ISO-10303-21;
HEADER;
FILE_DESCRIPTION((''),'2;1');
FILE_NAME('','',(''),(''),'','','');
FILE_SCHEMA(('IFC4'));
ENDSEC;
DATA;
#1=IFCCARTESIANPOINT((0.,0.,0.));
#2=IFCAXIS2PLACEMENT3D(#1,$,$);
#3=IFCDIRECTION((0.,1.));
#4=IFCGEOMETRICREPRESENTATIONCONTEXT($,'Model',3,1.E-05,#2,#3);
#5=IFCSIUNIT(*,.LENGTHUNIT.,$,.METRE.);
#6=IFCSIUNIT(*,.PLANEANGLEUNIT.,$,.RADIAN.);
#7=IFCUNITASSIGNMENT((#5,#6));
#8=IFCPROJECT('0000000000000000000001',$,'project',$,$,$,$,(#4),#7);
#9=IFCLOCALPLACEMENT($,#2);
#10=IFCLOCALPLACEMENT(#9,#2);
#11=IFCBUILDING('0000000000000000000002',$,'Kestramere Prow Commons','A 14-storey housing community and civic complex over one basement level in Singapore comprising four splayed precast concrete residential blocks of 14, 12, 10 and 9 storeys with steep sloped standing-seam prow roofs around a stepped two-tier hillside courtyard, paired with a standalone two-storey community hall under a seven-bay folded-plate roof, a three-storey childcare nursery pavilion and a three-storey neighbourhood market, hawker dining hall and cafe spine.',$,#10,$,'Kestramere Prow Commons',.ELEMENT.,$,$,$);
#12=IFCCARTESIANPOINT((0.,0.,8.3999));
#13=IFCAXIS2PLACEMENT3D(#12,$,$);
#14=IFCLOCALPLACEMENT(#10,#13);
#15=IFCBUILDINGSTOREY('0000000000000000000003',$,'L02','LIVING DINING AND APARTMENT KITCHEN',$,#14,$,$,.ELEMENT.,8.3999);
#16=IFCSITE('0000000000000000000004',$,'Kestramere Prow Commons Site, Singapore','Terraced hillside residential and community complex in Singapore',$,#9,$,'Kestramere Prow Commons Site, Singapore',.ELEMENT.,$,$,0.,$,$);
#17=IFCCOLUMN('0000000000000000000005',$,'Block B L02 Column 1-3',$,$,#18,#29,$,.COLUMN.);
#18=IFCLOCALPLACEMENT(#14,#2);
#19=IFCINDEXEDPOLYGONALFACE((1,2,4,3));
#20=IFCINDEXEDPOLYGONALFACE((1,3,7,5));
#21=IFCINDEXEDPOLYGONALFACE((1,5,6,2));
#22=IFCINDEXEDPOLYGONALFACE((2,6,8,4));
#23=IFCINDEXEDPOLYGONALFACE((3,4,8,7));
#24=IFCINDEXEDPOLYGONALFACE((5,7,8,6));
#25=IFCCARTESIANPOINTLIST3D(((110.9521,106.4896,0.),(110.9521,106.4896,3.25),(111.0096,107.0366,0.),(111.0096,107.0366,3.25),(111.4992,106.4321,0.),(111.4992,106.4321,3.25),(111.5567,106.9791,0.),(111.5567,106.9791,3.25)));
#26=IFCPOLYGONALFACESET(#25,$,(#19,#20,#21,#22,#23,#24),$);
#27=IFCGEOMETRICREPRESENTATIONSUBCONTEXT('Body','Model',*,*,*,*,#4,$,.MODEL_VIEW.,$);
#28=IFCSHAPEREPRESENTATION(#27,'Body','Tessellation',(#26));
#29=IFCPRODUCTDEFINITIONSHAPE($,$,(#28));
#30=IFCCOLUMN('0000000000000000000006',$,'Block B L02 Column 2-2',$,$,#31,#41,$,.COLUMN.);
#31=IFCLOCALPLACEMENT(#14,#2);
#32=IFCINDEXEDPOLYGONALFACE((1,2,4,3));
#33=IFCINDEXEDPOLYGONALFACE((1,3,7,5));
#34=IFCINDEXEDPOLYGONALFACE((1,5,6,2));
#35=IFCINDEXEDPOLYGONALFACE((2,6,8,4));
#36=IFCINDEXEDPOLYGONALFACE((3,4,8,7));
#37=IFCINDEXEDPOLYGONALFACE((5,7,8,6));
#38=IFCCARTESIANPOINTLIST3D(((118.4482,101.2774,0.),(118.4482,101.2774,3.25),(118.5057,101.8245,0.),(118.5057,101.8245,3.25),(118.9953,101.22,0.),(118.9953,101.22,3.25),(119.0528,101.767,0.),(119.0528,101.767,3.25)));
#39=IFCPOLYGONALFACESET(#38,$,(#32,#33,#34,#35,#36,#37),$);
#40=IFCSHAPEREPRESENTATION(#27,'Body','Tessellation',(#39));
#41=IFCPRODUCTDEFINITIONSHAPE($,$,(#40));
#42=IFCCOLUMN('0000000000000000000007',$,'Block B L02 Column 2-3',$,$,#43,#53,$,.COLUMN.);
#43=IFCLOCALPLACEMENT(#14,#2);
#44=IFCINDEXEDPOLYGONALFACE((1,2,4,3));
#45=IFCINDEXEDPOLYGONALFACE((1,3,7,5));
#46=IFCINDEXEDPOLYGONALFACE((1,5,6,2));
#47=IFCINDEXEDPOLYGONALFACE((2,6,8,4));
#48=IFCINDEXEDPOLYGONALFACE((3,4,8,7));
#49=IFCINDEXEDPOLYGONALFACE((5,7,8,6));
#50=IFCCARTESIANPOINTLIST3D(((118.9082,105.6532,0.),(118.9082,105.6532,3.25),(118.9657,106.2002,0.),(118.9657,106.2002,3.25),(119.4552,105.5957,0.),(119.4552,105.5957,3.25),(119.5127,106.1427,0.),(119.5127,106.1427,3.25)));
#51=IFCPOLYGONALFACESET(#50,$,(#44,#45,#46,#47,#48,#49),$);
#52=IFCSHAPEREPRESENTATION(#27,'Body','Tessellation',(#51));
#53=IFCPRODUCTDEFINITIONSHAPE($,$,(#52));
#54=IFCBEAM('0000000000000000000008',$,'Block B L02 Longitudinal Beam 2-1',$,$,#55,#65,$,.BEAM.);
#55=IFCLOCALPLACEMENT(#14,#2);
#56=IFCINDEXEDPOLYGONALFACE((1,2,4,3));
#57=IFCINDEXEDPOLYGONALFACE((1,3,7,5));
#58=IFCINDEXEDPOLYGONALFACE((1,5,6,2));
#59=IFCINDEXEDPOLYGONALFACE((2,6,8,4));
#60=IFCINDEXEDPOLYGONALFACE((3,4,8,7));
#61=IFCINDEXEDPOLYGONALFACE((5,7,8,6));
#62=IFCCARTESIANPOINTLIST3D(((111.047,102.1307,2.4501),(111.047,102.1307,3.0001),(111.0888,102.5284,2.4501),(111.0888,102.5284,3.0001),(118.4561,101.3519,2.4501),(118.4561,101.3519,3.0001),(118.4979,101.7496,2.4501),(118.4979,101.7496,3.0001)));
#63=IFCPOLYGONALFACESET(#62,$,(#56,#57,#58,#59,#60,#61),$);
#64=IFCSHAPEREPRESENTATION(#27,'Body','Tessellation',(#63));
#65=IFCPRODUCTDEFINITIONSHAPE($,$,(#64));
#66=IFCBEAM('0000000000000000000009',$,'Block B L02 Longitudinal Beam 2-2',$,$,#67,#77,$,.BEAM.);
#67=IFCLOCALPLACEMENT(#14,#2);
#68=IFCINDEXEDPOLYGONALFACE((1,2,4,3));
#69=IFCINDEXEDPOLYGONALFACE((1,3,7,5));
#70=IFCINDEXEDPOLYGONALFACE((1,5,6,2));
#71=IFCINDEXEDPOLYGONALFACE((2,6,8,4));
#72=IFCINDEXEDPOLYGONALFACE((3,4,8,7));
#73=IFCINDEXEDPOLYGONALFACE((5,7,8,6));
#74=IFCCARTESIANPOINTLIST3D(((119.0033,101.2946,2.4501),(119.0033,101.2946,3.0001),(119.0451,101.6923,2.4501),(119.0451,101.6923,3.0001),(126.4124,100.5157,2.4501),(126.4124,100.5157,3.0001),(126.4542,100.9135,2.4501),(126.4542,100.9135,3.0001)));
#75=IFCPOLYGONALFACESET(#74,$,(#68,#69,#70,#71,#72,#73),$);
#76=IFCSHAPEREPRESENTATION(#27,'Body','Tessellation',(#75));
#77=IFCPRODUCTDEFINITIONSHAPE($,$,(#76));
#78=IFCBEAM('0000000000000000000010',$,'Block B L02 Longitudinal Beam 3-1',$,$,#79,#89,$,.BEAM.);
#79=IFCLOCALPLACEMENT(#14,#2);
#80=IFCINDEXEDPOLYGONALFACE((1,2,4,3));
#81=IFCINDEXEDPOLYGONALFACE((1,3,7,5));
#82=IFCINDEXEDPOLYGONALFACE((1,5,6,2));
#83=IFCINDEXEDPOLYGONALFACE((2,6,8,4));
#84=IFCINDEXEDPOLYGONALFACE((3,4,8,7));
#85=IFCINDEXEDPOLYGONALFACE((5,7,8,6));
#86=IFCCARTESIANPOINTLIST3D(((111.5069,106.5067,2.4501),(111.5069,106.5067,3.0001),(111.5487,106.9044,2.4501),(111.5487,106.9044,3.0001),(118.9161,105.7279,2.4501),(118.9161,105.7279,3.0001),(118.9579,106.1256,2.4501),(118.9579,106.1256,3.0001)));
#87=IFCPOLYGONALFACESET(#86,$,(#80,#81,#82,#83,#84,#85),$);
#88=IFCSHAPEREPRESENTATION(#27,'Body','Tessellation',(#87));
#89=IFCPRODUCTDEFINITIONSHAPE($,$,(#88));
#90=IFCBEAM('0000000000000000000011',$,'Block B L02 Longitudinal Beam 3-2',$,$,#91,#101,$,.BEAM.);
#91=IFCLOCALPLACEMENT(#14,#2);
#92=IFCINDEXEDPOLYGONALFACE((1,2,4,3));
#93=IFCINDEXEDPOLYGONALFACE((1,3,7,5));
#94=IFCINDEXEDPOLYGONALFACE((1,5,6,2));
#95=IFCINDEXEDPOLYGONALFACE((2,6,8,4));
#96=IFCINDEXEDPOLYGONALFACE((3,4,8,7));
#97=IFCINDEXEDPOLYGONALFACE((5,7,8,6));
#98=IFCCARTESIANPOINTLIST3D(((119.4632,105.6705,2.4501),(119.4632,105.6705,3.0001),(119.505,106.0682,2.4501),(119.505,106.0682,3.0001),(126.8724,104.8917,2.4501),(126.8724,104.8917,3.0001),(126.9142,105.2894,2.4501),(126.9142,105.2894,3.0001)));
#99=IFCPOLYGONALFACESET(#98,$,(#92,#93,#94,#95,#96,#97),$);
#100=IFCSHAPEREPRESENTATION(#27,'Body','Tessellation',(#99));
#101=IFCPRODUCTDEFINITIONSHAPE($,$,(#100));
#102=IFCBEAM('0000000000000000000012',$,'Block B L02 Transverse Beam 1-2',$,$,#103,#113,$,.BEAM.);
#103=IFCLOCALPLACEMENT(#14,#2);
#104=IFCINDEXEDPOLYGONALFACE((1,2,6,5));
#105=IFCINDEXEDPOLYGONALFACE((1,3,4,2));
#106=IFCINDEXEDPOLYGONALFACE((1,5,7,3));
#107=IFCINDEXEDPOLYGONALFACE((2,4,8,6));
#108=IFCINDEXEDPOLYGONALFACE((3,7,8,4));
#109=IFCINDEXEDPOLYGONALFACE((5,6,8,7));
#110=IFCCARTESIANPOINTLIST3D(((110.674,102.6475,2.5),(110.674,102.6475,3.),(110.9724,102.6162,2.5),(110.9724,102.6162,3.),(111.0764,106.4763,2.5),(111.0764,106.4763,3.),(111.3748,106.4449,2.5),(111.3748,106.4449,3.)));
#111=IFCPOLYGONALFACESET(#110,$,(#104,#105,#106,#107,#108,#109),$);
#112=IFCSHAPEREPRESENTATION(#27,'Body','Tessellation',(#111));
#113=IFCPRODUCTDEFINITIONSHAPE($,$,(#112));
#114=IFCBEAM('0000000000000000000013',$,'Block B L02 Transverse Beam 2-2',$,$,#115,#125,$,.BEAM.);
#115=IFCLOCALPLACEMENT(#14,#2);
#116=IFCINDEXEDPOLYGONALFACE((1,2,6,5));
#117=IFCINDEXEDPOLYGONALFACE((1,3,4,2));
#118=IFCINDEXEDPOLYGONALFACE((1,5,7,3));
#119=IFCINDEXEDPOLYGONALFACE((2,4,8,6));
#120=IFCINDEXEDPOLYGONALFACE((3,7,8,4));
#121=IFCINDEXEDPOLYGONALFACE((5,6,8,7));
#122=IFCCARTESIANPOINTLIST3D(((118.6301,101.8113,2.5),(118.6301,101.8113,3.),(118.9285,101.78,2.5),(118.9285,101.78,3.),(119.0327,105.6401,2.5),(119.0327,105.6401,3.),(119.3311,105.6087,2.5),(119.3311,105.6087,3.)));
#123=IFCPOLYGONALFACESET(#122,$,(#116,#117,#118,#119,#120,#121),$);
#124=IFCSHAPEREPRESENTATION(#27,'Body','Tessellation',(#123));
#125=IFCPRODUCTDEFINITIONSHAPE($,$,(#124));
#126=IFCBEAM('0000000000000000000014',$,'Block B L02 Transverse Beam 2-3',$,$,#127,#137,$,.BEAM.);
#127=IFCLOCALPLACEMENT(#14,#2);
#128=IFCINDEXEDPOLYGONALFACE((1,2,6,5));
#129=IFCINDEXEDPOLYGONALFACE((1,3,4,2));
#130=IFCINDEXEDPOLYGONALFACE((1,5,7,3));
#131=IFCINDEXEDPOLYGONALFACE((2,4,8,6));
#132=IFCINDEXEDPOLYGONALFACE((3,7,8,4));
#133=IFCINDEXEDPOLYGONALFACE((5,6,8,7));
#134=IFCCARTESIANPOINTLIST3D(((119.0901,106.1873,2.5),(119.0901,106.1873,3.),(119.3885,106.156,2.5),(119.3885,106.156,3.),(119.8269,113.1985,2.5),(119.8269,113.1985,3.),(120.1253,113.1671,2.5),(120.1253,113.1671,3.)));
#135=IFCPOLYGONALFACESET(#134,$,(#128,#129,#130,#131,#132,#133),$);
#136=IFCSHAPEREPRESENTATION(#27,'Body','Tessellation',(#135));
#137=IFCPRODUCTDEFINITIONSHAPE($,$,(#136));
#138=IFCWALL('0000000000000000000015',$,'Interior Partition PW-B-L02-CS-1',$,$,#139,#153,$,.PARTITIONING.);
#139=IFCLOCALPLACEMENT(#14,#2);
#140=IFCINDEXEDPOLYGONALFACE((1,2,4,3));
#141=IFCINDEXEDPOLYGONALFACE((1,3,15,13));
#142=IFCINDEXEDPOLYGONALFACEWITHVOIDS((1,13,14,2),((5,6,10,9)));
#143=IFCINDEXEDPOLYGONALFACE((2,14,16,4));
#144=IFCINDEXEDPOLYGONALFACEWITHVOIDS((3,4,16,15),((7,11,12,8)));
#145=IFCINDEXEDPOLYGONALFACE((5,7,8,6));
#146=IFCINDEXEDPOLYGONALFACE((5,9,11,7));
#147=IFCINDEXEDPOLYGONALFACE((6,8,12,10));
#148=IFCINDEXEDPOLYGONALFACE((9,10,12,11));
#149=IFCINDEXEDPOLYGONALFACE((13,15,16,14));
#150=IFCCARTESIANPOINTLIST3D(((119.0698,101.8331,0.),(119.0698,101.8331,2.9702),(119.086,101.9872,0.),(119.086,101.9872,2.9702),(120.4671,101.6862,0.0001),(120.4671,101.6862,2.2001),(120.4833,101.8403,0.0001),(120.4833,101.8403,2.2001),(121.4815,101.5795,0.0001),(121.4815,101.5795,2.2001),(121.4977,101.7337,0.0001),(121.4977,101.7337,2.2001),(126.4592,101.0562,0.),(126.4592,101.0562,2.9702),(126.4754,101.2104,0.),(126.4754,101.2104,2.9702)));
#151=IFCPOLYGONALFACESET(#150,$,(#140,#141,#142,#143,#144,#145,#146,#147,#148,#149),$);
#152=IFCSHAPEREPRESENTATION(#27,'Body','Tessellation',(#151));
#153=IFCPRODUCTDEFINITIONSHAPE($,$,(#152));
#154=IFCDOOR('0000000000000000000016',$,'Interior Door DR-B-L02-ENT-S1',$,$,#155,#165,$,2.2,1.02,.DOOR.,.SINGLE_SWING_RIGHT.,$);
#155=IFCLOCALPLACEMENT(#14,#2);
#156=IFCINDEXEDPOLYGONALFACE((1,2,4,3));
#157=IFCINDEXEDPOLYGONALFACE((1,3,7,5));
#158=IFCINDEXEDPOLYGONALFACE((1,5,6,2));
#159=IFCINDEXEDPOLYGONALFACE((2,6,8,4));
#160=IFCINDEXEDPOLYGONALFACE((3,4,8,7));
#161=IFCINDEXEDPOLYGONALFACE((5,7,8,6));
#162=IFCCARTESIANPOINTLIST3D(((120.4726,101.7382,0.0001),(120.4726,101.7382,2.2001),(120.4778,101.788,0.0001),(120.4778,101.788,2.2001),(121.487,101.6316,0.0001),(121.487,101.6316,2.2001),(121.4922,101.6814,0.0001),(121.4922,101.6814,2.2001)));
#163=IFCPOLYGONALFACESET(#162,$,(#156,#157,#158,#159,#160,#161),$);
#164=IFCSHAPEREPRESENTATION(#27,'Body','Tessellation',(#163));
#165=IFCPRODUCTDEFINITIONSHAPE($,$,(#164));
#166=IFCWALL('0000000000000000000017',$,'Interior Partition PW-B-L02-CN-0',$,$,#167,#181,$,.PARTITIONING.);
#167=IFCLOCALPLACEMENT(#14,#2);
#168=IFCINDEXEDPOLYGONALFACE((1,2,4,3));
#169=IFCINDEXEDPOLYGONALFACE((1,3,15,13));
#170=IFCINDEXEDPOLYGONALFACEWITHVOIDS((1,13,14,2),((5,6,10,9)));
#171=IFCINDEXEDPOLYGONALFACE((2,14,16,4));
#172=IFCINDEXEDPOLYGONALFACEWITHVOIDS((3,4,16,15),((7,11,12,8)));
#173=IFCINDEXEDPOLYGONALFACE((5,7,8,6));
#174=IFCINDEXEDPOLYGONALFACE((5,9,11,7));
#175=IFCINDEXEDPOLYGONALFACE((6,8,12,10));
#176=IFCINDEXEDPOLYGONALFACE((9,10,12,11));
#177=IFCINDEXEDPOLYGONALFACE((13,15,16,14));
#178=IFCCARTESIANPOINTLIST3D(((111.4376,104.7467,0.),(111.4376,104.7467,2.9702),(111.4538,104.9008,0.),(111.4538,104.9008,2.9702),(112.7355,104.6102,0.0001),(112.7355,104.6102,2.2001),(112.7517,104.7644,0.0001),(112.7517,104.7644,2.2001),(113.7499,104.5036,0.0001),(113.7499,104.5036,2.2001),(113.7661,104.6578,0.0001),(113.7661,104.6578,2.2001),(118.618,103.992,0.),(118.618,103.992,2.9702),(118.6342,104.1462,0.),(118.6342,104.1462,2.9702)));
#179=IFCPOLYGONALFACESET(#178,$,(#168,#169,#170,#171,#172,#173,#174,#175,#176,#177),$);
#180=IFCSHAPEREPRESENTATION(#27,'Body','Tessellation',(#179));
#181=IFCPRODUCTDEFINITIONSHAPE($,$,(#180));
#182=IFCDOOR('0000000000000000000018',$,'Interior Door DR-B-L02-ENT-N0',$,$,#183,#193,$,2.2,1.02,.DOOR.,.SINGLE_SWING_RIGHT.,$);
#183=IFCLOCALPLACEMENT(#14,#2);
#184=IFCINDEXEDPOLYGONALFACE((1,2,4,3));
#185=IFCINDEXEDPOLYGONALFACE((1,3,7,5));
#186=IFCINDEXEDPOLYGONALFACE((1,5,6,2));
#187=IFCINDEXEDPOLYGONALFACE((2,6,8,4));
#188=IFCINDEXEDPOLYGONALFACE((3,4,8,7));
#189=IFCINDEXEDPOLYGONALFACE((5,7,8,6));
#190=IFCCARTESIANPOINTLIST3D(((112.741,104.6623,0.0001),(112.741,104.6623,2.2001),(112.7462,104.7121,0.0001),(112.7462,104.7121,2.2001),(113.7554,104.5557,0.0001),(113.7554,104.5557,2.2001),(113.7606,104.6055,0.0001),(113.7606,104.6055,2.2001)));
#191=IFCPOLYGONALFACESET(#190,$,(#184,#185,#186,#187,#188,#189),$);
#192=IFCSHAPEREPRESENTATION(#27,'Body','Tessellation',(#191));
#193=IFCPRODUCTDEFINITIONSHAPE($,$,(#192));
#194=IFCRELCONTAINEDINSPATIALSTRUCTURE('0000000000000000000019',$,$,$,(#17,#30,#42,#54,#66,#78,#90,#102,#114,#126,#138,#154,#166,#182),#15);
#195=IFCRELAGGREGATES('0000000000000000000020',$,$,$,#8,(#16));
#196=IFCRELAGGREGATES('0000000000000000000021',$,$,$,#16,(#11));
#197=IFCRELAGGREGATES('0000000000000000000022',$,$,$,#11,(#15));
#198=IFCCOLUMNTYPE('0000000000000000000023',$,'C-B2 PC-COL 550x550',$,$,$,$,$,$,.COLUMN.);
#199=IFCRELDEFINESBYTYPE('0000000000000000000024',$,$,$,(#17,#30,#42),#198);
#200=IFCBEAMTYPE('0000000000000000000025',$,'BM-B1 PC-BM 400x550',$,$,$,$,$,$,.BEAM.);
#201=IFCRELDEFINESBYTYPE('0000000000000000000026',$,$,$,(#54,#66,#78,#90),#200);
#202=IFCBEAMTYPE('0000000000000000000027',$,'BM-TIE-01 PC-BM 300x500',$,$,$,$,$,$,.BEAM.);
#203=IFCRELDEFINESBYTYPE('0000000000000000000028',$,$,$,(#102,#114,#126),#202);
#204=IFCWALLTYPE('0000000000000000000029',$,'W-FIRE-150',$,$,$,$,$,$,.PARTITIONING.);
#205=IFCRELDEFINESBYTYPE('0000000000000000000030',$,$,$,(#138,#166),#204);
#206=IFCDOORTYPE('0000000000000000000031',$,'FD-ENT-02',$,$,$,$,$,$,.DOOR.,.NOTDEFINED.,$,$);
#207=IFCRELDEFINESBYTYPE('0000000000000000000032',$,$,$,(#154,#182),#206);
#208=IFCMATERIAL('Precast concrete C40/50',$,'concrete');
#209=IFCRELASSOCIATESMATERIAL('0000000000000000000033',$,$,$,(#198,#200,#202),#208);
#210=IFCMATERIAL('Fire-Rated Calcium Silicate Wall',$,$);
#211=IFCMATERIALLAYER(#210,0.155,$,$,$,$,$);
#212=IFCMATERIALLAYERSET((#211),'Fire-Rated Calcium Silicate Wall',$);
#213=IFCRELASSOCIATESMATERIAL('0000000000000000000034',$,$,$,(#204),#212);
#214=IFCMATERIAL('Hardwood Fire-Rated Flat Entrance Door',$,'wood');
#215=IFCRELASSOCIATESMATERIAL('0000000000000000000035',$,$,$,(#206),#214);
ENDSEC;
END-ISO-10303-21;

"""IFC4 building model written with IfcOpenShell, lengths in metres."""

from ifc_helpers import new_model, si_unit, direction, frame, frame_2d, origin, origin_2d, place, context, subcontext, project, spatial, rectangle, extrude, material, layer, layer_set, material_profile, profile_set, type_object, element, fill, save


model = new_model("IFC4")

# Units and contexts
model_context = context("Model", 3, precision=1e-05, world=origin(), true_north=direction((0.0, 1.0)))
body_context = subcontext(model_context, "Body", "Model", "MODEL_VIEW")
ifc_project = project(units=[si_unit("LENGTHUNIT", "METRE"), si_unit("PLANEANGLEUNIT", "RADIAN")], contexts=[model_context])

# Site, building, storey
site_placement = place(None, origin())
site = spatial("IfcSite", under=ifc_project, at=site_placement, Name="Kestramere Prow Commons Site, Singapore", Description="Terraced hillside residential and community complex in Singapore", LongName="Kestramere Prow Commons Site, Singapore", CompositionType="ELEMENT", RefElevation=0.0)
building_placement = place(site_placement, origin())
building = spatial("IfcBuilding", under=site, at=building_placement, Name="Kestramere Prow Commons", Description="A 14-storey housing community and civic complex over one basement level in Singapore comprising four splayed precast concrete residential blocks of 14, 12, 10 and 9 storeys with steep sloped standing-seam prow roofs around a stepped two-tier hillside courtyard, paired with a standalone two-storey community hall under a seven-bay folded-plate roof, a three-storey childcare nursery pavilion and a three-storey neighbourhood market, hawker dining hall and cafe spine.", LongName="Kestramere Prow Commons", CompositionType="ELEMENT")
storey_placement = place(building_placement, frame((0.0, 0.0, 8.3999)))
storey = spatial("IfcBuildingStorey", under=building, at=storey_placement, Name="L02", Description="LIVING DINING AND APARTMENT KITCHEN", CompositionType="ELEMENT", Elevation=8.3999)

# Columns
ifc_material_1 = material(Name="Precast concrete C40/50", Category="concrete")
ifc_material_profile_1 = material_profile(ifc_material_1, rectangle(XDim=0.55, YDim=0.55, at=origin_2d()), Name="PC-COL 550x550")
ifc_profile_set_1 = profile_set([ifc_material_profile_1], Name="Precast concrete C40/50")
column_type = type_object("IfcColumnType", Name="C-B2 PC-COL 550x550", PredefinedType="COLUMN", material=ifc_profile_set_1)
for number, where, z_axis, x_axis, name in (
    (1, (111.2544, 106.7344, 0.0), (0.0, 0.0, 1.0), (0.994522, -0.104528, 0.0), "Block B L02 Column 1-3"),
    (2, (118.7505, 101.5222, 0.0), (0.0, 0.0, 1.0), (0.994522, -0.104528, 0.0), "Block B L02 Column 2-2"),
    (3, (119.2104, 105.8979, 0.0), (0.0, 0.0, 1.0), (0.994522, -0.104528, 0.0), "Block B L02 Column 2-3"),
):
    element("IfcColumn", number, at=place(storey_placement, frame(where, z_axis=z_axis, x_axis=x_axis)), inside=storey, type_object=column_type, Name=name, PredefinedType="COLUMN", context=body_context, shape_type="SweptSolid", body=[
        extrude(rectangle(XDim=0.55, YDim=0.55, at=origin_2d()), origin(), (0.0, 0.0, 1.0), 3.25),
    ])

# Beams
ifc_material_profile_2 = material_profile(ifc_material_1, rectangle(XDim=0.3999, YDim=0.55, at=origin_2d()), Name="PC-BM 400x550")
ifc_profile_set_2 = profile_set([ifc_material_profile_2], Name="Precast concrete C40/50")
beam_type_1 = type_object("IfcBeamType", Name="BM-B1 PC-BM 400x550", PredefinedType="BEAM", material=ifc_profile_set_2)
for number, where, z_axis, x_axis, name in (
    (4, (111.0679, 102.3296, 2.7251), (0.994521, -0.104538, 0.0), (0.104538, 0.994521, 0.0), "Block B L02 Longitudinal Beam 2-1"),
    (5, (119.0242, 101.4934, 2.7251), (0.994521, -0.104538, 0.0), (0.104538, 0.994521, 0.0), "Block B L02 Longitudinal Beam 2-2"),
    (6, (111.5278, 106.7056, 2.7251), (0.994521, -0.104538, 0.0), (0.104538, 0.994521, 0.0), "Block B L02 Longitudinal Beam 3-1"),
    (7, (119.4841, 105.8694, 2.7251), (0.994521, -0.104538, 0.0), (0.104538, 0.994521, 0.0), "Block B L02 Longitudinal Beam 3-2"),
):
    element("IfcBeam", number, at=place(storey_placement, frame(where, z_axis=z_axis, x_axis=x_axis)), inside=storey, type_object=beam_type_1, Name=name, PredefinedType="BEAM", context=body_context, shape_type="SweptSolid", body=[
        extrude(rectangle(XDim=0.3999, YDim=0.55, at=origin_2d()), origin(), (0.0, 0.0, 1.0), 7.45),
    ])
ifc_material_profile_3 = material_profile(ifc_material_1, rectangle(XDim=0.3, YDim=0.5, at=origin_2d()), Name="PC-BM 300x500")
ifc_profile_set_3 = profile_set([ifc_material_profile_3], Name="Precast concrete C40/50")
beam_type_2 = type_object("IfcBeamType", Name="BM-TIE-01 PC-BM 300x500", PredefinedType="BEAM", material=ifc_profile_set_3)
for number, where, z_axis, x_axis, name in (
    (8, (110.8232, 102.6318, 2.75), (0.104507, 0.994524, 0.0), (-0.994524, 0.104507, 0.0), "Block B L02 Transverse Beam 1-2"),
    (9, (118.7793, 101.7957, 2.75), (0.104569, 0.994518, 0.0), (-0.994518, 0.104569, 0.0), "Block B L02 Transverse Beam 2-2"),
):
    element("IfcBeam", number, at=place(storey_placement, frame(where, z_axis=z_axis, x_axis=x_axis)), inside=storey, type_object=beam_type_2, Name=name, PredefinedType="BEAM", context=body_context, shape_type="SweptSolid", body=[
        extrude(rectangle(XDim=0.3, YDim=0.5, at=origin_2d()), origin(), (0.0, 0.0, 1.0), 3.8499),
    ])
beam_placement = place(storey_placement, frame((119.2393, 106.1716, 2.75), z_axis=(0.104515, 0.994523, 0.0), x_axis=(-0.994523, 0.104515, 0.0)))
element("IfcBeam", 10, at=beam_placement, inside=storey, type_object=beam_type_2, Name="Block B L02 Transverse Beam 2-3", PredefinedType="BEAM", context=body_context, shape_type="SweptSolid", body=[
    extrude(rectangle(XDim=0.3, YDim=0.5, at=origin_2d()), origin(), (0.0, 0.0, 1.0), 7.0498),
])

# Walls, openings, doors
ifc_material_2 = material(Name="Fire-Rated Calcium Silicate Wall")
ifc_layer_1 = layer(ifc_material_2, 0.155)
ifc_layer_set_1 = layer_set([ifc_layer_1], Name="Fire-Rated Calcium Silicate Wall")
wall_type_1 = type_object("IfcWallType", Name="W-FIRE-150", PredefinedType="PARTITIONING", material=ifc_layer_set_1)
wall_1_placement = place(storey_placement, frame((119.0779, 101.9102, 0.0), z_axis=(0.0, 0.0, 1.0), x_axis=(0.994519, -0.104555, 0.0)))
wall_1 = element("IfcWall", 11, at=wall_1_placement, inside=storey, type_object=wall_type_1, Name="Interior Partition PW-B-L02-CS-1", PredefinedType="PARTITIONING", context=body_context, shape_type="SweptSolid", body=[
    extrude(rectangle(XDim=7.4302, YDim=0.155, at=frame_2d((3.7151, 0.0))), origin(), (0.0, 0.0, 1.0), 2.9702),
])
opening_1_placement = place(wall_1_placement, frame((1.405, 0.0, 0.0)))
opening_1 = element("IfcOpeningElement", 12, at=opening_1_placement, cuts=wall_1, PredefinedType="OPENING", context=body_context, shape_type="SweptSolid", body=[
    extrude(rectangle(XDim=1.02, YDim=2.2, at=frame_2d((0.51, 1.1001))), frame((0.0, 0.0925, 0.0), z_axis=(0.0, -1.0, 0.0), x_axis=(1.0, 0.0, 0.0)), (0.0, 0.0, 1.0), 0.1851),
])
ifc_material_3 = material(Name="Hardwood Fire-Rated Flat Entrance Door", Category="wood")
door_type_1 = type_object("IfcDoorType", Name="FD-ENT-02", OperationType="NOTDEFINED", PredefinedType="DOOR", material=ifc_material_3)
door_1_placement = place(opening_1_placement, origin())
door_1 = element("IfcDoor", 13, at=door_1_placement, inside=storey, type_object=door_type_1, Name="Interior Door DR-B-L02-ENT-S1", OperationType="SINGLE_SWING_RIGHT", OverallHeight=2.2, OverallWidth=1.02, PredefinedType="DOOR", context=body_context, shape_type="SweptSolid", body=[
    extrude(rectangle(XDim=1.02, YDim=2.2, at=frame_2d((0.51, 1.1001))), frame((0.0, 0.0249, 0.0), z_axis=(0.0, -1.0, 0.0), x_axis=(1.0, 0.0, 0.0)), (0.0, 0.0, 1.0), 0.05),
])
fill(opening_1, door_1)
wall_2_placement = place(storey_placement, frame((111.4458, 104.8237, 0.0), z_axis=(0.0, 0.0, 1.0), x_axis=(0.994523, -0.104521, 0.0)))
wall_2 = element("IfcWall", 14, at=wall_2_placement, inside=storey, type_object=wall_type_1, Name="Interior Partition PW-B-L02-CN-0", PredefinedType="PARTITIONING", context=body_context, shape_type="SweptSolid", body=[
    extrude(rectangle(XDim=7.22, YDim=0.155, at=frame_2d((3.6099, 0.0))), origin(), (0.0, 0.0, 1.0), 2.9702),
])
opening_2_placement = place(wall_2_placement, frame((1.3049, 0.0, 0.0)))
opening_2 = element("IfcOpeningElement", 15, at=opening_2_placement, cuts=wall_2, PredefinedType="OPENING", context=body_context, shape_type="SweptSolid", body=[
    extrude(rectangle(XDim=1.02, YDim=2.2, at=frame_2d((0.51, 1.1001))), frame((0.0, 0.0925, 0.0), z_axis=(0.0, -1.0, 0.0), x_axis=(1.0, 0.0, 0.0)), (0.0, 0.0, 1.0), 0.1851),
])
door_2_placement = place(opening_2_placement, origin())
door_2 = element("IfcDoor", 16, at=door_2_placement, inside=storey, type_object=door_type_1, Name="Interior Door DR-B-L02-ENT-N0", OperationType="SINGLE_SWING_RIGHT", OverallHeight=2.2, OverallWidth=1.02, PredefinedType="DOOR", context=body_context, shape_type="SweptSolid", body=[
    extrude(rectangle(XDim=1.02, YDim=2.2, at=frame_2d((0.51, 1.1001))), frame((0.0, 0.0249, 0.0), z_axis=(0.0, -1.0, 0.0), x_axis=(1.0, 0.0, 0.0)), (0.0, 0.0, 1.0), 0.05),
])
fill(opening_2, door_2)

save(model, "model.ifc")
